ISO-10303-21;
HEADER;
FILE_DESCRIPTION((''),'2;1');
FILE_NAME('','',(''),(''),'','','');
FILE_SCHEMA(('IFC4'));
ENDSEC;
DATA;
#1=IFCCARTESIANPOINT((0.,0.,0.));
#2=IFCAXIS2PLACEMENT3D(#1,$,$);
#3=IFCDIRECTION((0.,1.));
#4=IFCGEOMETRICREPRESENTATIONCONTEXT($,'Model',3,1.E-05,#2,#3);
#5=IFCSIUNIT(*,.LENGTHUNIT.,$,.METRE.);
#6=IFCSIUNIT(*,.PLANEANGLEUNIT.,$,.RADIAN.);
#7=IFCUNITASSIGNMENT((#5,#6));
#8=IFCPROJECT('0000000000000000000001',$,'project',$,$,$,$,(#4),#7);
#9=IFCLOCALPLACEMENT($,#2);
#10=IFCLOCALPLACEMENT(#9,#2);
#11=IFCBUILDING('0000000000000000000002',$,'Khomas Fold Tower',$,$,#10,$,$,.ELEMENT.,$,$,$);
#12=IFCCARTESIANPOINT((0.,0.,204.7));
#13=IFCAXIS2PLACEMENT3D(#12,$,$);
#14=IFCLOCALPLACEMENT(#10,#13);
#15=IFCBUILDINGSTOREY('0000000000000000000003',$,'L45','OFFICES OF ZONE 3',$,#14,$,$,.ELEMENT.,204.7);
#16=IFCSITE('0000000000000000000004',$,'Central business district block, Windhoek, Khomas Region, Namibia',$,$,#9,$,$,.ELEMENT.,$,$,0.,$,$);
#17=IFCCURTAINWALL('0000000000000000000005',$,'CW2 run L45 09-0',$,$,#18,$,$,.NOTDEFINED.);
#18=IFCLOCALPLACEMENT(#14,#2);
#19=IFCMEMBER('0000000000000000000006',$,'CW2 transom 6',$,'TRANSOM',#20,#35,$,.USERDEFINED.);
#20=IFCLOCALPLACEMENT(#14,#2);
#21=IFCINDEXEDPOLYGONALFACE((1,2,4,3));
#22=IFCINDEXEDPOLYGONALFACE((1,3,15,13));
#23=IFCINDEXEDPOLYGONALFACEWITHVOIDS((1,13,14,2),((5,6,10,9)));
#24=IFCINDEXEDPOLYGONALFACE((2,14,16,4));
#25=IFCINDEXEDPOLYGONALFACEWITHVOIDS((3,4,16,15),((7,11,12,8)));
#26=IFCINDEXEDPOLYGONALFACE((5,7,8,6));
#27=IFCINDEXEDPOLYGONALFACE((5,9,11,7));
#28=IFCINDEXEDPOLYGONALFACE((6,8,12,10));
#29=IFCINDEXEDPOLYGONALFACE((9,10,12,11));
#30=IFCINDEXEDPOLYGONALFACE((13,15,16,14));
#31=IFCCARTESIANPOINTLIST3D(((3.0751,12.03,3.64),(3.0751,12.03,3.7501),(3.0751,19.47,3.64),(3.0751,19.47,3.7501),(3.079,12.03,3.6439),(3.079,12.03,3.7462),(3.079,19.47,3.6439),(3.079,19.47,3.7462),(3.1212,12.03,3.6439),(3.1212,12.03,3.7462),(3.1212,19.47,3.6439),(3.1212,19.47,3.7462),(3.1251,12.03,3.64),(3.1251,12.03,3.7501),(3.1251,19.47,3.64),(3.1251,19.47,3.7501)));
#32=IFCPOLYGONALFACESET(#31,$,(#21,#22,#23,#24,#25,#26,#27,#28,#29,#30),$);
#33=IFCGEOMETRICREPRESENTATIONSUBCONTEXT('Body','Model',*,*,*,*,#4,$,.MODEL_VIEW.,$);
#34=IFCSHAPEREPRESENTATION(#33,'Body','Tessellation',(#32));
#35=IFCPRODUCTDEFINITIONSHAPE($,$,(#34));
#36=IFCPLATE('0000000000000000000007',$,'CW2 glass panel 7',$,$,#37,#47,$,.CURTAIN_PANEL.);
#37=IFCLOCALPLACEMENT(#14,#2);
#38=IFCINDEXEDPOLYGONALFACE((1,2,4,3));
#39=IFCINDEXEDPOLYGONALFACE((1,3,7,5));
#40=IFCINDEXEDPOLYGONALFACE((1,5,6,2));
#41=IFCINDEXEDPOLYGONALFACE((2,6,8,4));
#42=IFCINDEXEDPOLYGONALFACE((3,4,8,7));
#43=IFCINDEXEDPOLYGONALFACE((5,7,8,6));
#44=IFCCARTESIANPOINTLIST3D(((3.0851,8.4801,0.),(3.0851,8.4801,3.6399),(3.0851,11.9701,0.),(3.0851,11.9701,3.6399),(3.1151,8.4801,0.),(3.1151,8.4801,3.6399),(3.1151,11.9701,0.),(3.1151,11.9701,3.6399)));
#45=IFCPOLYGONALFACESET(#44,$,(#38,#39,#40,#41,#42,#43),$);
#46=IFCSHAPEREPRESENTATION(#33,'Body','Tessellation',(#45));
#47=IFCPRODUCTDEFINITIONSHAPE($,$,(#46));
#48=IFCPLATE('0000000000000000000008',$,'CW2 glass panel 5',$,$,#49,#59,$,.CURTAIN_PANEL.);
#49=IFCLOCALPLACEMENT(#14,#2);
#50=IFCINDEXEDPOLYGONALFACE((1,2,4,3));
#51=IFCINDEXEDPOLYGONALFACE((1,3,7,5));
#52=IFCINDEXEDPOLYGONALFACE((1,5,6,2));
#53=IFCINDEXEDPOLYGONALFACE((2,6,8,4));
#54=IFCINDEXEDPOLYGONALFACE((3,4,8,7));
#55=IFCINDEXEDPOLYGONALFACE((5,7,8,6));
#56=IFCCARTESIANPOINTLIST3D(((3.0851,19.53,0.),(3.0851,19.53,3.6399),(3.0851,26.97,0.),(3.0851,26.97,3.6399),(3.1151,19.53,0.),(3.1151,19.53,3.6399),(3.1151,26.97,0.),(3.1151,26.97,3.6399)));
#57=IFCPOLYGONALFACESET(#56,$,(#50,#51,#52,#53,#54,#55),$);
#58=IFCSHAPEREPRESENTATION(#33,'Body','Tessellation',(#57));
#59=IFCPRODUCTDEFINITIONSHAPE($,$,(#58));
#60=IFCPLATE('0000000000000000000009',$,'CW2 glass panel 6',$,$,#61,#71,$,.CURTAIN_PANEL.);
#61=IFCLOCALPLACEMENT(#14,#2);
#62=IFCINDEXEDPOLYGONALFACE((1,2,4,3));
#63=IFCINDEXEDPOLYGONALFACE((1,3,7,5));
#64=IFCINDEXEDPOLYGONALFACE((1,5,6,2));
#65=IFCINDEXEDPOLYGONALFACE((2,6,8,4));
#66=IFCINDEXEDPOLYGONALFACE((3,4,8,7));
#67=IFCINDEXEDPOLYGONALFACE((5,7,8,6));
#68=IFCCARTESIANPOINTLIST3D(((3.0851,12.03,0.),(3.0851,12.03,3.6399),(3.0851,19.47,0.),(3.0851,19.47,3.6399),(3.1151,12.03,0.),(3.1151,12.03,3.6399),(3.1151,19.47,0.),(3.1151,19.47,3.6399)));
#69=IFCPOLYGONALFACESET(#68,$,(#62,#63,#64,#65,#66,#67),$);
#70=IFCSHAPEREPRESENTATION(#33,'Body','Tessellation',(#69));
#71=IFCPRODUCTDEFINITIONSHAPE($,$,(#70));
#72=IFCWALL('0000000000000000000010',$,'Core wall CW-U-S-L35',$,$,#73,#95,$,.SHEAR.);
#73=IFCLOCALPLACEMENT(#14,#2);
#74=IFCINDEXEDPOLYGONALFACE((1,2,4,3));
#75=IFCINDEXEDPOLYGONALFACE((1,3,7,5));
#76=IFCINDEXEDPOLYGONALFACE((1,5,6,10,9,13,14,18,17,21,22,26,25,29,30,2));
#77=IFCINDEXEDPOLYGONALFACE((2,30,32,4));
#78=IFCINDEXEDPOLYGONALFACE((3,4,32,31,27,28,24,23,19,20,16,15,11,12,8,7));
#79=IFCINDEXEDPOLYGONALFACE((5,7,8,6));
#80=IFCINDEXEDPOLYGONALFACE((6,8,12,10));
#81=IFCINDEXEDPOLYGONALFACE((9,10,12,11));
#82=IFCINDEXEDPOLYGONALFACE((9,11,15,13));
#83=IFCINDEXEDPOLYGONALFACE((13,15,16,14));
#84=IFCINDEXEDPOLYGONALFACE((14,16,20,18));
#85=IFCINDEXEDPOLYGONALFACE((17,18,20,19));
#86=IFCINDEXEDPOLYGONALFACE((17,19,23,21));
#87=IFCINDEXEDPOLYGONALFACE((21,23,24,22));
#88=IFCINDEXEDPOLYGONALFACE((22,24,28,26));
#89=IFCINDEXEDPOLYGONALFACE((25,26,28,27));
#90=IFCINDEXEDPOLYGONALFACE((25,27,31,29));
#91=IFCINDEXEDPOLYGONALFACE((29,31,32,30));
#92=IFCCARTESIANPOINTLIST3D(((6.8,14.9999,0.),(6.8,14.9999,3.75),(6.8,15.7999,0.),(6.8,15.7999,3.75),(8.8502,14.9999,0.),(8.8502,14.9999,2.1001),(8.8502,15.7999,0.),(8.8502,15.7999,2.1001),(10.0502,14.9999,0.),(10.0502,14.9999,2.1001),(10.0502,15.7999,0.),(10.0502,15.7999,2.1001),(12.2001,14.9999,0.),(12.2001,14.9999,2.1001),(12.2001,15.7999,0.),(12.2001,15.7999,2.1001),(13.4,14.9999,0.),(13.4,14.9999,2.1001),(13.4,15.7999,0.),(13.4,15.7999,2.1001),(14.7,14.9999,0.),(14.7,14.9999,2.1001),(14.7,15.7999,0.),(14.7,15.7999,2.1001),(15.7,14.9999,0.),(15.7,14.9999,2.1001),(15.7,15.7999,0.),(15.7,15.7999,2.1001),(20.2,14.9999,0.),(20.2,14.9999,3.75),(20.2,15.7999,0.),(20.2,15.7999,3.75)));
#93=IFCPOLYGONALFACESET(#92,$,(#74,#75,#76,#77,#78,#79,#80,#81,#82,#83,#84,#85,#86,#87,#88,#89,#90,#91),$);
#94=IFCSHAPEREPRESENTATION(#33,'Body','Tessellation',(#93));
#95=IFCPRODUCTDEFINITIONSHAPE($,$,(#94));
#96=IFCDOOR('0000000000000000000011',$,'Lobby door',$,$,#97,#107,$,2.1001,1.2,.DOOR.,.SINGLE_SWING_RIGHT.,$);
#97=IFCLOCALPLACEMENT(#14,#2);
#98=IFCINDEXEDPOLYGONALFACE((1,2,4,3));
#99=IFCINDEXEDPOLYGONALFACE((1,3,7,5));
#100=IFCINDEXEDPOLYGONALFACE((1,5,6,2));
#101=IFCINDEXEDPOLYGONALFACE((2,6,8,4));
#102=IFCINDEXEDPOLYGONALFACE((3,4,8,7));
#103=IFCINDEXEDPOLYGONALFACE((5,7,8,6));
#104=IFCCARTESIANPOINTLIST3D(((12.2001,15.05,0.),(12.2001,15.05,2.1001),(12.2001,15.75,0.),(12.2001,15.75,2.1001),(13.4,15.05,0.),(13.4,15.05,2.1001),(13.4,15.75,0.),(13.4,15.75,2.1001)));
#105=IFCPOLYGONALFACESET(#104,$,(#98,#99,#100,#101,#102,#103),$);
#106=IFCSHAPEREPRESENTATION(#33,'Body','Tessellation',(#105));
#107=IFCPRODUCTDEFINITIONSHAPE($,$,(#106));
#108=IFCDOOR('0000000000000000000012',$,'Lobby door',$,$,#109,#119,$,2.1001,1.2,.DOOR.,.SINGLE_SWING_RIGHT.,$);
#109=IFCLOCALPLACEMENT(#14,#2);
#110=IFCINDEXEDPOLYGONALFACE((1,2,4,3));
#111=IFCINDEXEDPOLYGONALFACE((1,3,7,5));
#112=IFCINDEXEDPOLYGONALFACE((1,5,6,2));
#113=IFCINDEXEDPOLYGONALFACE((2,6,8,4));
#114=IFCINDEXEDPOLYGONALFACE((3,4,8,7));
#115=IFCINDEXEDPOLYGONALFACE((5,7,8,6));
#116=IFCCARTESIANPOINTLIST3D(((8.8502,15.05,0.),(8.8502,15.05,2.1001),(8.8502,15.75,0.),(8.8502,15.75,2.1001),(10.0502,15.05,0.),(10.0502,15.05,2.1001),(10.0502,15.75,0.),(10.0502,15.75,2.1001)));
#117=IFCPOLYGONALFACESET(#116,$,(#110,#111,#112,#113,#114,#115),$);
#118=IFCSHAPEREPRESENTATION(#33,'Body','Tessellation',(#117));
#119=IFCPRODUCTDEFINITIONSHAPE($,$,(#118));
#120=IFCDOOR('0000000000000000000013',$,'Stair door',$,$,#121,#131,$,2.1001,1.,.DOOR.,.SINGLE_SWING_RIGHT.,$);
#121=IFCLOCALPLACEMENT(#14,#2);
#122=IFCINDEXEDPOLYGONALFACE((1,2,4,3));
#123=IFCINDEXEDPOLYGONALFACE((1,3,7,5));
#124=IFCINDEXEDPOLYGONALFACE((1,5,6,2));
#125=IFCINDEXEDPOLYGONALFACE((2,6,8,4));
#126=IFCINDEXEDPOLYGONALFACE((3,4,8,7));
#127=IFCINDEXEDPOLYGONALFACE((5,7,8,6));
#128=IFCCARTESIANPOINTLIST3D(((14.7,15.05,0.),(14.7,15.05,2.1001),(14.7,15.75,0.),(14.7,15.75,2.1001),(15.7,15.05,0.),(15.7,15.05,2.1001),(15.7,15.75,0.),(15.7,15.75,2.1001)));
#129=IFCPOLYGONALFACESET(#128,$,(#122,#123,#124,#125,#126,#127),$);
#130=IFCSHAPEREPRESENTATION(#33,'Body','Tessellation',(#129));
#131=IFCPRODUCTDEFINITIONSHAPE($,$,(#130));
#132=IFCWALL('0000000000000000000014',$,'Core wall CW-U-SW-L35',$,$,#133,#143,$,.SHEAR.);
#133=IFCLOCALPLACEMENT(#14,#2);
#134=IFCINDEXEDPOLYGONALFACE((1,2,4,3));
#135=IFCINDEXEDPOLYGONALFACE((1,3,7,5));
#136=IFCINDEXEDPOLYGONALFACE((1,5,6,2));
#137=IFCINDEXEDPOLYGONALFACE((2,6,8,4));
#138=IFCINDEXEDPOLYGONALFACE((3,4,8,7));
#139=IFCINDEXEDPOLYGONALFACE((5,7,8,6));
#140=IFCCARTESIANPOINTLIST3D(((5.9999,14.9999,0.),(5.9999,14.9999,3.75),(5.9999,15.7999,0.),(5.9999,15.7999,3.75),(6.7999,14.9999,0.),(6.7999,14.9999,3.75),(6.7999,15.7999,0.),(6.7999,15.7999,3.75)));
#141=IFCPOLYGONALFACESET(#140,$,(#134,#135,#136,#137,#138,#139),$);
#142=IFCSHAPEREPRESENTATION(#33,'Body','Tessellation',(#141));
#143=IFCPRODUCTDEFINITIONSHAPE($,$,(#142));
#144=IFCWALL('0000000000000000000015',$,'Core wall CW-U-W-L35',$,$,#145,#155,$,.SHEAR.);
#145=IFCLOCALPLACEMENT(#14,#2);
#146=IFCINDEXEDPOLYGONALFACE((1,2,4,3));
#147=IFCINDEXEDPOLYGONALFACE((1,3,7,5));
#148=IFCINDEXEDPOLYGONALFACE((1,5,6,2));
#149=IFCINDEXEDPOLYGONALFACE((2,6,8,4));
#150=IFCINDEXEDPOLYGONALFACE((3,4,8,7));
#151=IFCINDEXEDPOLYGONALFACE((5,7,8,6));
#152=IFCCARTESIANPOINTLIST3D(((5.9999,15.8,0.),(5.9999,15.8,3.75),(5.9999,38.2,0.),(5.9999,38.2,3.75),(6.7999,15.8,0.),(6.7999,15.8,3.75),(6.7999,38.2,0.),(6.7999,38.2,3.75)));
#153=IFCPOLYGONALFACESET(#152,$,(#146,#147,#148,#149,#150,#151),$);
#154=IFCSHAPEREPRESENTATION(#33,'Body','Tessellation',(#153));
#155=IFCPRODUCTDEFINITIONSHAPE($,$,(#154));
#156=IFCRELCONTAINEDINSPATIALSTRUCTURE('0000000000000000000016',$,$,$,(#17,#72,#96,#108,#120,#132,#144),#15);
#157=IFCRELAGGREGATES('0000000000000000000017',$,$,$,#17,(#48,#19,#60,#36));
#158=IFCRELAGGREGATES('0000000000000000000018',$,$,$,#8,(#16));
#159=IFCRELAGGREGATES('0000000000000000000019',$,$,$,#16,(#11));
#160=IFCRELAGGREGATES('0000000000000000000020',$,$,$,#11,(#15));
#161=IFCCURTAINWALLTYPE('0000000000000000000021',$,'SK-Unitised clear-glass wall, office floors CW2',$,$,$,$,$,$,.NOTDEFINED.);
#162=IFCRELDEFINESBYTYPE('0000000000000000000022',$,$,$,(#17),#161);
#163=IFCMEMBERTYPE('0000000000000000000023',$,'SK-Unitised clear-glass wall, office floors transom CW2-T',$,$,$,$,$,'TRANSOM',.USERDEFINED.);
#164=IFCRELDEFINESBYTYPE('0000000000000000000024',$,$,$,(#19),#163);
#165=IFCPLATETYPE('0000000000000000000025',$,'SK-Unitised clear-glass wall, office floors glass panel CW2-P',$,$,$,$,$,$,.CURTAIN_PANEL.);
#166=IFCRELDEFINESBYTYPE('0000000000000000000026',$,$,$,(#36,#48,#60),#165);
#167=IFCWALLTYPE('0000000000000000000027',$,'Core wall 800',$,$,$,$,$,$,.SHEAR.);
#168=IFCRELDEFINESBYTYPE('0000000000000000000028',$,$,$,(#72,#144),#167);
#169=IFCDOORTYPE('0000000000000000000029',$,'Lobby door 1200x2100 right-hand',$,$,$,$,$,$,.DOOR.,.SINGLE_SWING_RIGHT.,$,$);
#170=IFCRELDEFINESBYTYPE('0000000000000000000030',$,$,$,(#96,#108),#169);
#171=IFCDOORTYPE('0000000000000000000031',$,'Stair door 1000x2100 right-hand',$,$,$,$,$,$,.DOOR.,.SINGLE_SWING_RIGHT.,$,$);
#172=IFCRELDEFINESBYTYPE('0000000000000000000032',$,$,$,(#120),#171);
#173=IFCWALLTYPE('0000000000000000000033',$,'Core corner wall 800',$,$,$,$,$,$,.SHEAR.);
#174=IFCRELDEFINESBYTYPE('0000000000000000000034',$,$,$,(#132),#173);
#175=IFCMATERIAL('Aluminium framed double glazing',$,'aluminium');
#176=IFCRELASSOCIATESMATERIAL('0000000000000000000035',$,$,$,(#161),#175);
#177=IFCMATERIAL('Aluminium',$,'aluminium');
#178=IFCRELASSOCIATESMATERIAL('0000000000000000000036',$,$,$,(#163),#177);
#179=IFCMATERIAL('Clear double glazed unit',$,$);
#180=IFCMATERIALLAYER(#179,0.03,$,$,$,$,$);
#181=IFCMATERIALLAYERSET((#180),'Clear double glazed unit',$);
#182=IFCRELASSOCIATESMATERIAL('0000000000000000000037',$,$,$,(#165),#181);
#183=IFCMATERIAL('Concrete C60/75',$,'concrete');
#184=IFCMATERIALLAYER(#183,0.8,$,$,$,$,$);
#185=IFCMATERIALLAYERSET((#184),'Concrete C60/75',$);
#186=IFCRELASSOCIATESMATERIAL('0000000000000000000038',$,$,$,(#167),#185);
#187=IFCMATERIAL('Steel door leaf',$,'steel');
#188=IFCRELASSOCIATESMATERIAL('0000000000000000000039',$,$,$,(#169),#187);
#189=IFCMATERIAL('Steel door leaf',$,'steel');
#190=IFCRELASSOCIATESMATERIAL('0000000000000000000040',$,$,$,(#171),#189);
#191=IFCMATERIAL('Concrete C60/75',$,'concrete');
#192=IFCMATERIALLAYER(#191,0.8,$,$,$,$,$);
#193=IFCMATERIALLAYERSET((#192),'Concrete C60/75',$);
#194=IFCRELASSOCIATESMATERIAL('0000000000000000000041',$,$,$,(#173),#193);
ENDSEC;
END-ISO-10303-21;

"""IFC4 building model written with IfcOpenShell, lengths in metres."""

from ifc_helpers import new_model, si_unit, direction, frame, frame_2d, origin, origin_2d, place, context, subcontext, project, spatial, rectangle, hollow_rectangle, extrude, source, transform, mapped, material, layer, layer_set, material_profile, profile_set, type_object, element, fill, aggregate, save


model = new_model("IFC4")

# Units and contexts
model_context = context("Model", 3, precision=1e-05, world=origin(), true_north=direction((0.0, 1.0)))
body_context = subcontext(model_context, "Body", "Model", "MODEL_VIEW")
ifc_project = project(units=[si_unit("LENGTHUNIT", "METRE"), si_unit("PLANEANGLEUNIT", "RADIAN")], contexts=[model_context])

# Site, building, storey
site_placement = place(None, origin())
site = spatial("IfcSite", under=ifc_project, at=site_placement, Name="Central business district block, Windhoek, Khomas Region, Namibia", CompositionType="ELEMENT", RefElevation=0.0)
building_placement = place(site_placement, origin())
building = spatial("IfcBuilding", under=site, at=building_placement, Name="Khomas Fold Tower", CompositionType="ELEMENT")
storey_placement = place(building_placement, frame((0.0, 0.0, 204.7)))
storey = spatial("IfcBuildingStorey", under=building, at=storey_placement, Name="L45", Description="OFFICES OF ZONE 3", CompositionType="ELEMENT", Elevation=204.7)

# Curtain wall, member, plates
ifc_material_1 = material(Name="Aluminium framed double glazing", Category="aluminium")
curtain_wall_type = type_object("IfcCurtainWallType", Name="SK-Unitised clear-glass wall, office floors CW2", PredefinedType="NOTDEFINED", material=ifc_material_1)
curtain_wall_placement = place(storey_placement, origin())
curtain_wall = element("IfcCurtainWall", 1, at=curtain_wall_placement, inside=storey, type_object=curtain_wall_type, Name="CW2 run L45 09-0", PredefinedType="NOTDEFINED")
ifc_material_2 = material(Name="Aluminium", Category="aluminium")
ifc_material_profile_1 = material_profile(ifc_material_2, hollow_rectangle(XDim=0.05, YDim=0.1101, WallThickness=0.0039, at=origin_2d()), Name="SK-Unitised clear-glass wall, office floors transom CW2-T")
ifc_profile_set_1 = profile_set([ifc_material_profile_1], Name="Aluminium")
member_type_1 = type_object("IfcMemberType", Name="SK-Unitised clear-glass wall, office floors transom CW2-T", ElementType="TRANSOM", PredefinedType="USERDEFINED", material=ifc_profile_set_1)
shared_shape_1 = source(origin(), body_context, "Body", "SweptSolid", [
    extrude(hollow_rectangle(XDim=0.05, YDim=0.1101, WallThickness=0.0039, at=origin_2d()), origin(), (0.0, 0.0, 1.0), 7.4399),
])
member_1_placement = place(storey_placement, frame((3.1001, 19.47, 3.6951), z_axis=(0.0, -1.0, 0.0), x_axis=(1.0, 0.0, 0.0)))
member_1 = element("IfcMember", 2, at=member_1_placement, type_object=member_type_1, Name="CW2 transom 6", ObjectType="TRANSOM", PredefinedType="USERDEFINED", context=body_context, shape_type="MappedRepresentation", body=[
    mapped(shared_shape_1, transform((0.0, 0.0, 0.0))),
])
ifc_material_3 = material(Name="Clear double glazed unit")
ifc_layer_1 = layer(ifc_material_3, 0.03)
ifc_layer_set_1 = layer_set([ifc_layer_1], Name="Clear double glazed unit")
plate_type = type_object("IfcPlateType", Name="SK-Unitised clear-glass wall, office floors glass panel CW2-P", PredefinedType="CURTAIN_PANEL", material=ifc_layer_set_1)
shared_shape_2 = source(origin(), body_context, "Body", "SweptSolid", [
    extrude(rectangle(XDim=3.49, YDim=0.03, at=origin_2d()), origin(), (0.0, 0.0, 1.0), 3.6399),
])
plate_1_placement = place(storey_placement, frame((3.1001, 10.2251, 0.0), z_axis=(0.0, 0.0, 1.0), x_axis=(0.0, -1.0, 0.0)))
plate_1 = element("IfcPlate", 3, at=plate_1_placement, type_object=plate_type, Name="CW2 glass panel 7", PredefinedType="CURTAIN_PANEL", context=body_context, shape_type="MappedRepresentation", body=[
    mapped(shared_shape_2, transform((0.0, 0.0, 0.0))),
])
shared_shape_3 = source(origin(), body_context, "Body", "SweptSolid", [
    extrude(rectangle(XDim=7.4399, YDim=0.03, at=origin_2d()), origin(), (0.0, 0.0, 1.0), 3.6399),
])
plate_2_placement = place(storey_placement, frame((3.1001, 23.25, 0.0), z_axis=(0.0, 0.0, 1.0), x_axis=(0.0, -1.0, 0.0)))
plate_2 = element("IfcPlate", 4, at=plate_2_placement, type_object=plate_type, Name="CW2 glass panel 5", PredefinedType="CURTAIN_PANEL", context=body_context, shape_type="MappedRepresentation", body=[
    mapped(shared_shape_3, transform((0.0, 0.0, 0.0))),
])
plate_3_placement = place(storey_placement, frame((3.1001, 15.75, 0.0), z_axis=(0.0, 0.0, 1.0), x_axis=(0.0, -1.0, 0.0)))
plate_3 = element("IfcPlate", 5, at=plate_3_placement, type_object=plate_type, Name="CW2 glass panel 6", PredefinedType="CURTAIN_PANEL", context=body_context, shape_type="MappedRepresentation", body=[
    mapped(shared_shape_3, transform((0.0, 0.0, 0.0))),
])
aggregate(curtain_wall, [plate_2, member_1, plate_3, plate_1])

# Wall, openings, doors
ifc_material_4 = material(Name="Concrete C60/75", Category="concrete")
ifc_layer_2 = layer(ifc_material_4, 0.8)
ifc_layer_set_2 = layer_set([ifc_layer_2], Name="Concrete C60/75")
wall_type_1 = type_object("IfcWallType", Name="Core wall 800", PredefinedType="SHEAR", material=ifc_layer_set_2)
shared_shape_4 = source(origin(), body_context, "Body", "SweptSolid", [
    extrude(rectangle(XDim=13.3999, YDim=0.8, at=frame_2d((6.7, 0.0))), origin(), (0.0, 0.0, 1.0), 3.75),
])
wall_1_placement = place(storey_placement, frame((6.8, 15.3999, 0.0), z_axis=(0.0, 0.0, 1.0), x_axis=(1.0, 0.0, 0.0)))
wall_1 = element("IfcWall", 6, at=wall_1_placement, inside=storey, type_object=wall_type_1, Name="Core wall CW-U-S-L35", PredefinedType="SHEAR", context=body_context, shape_type="MappedRepresentation", body=[
    mapped(shared_shape_4, transform((0.0, 0.0, 0.0))),
])
shared_shape_5 = source(origin(), body_context, "Body", "SweptSolid", [
    extrude(rectangle(XDim=1.2, YDim=2.1001, at=frame_2d((0.6001, 1.05))), frame((0.0, 0.4099, 0.0), z_axis=(0.0, -1.0, 0.0), x_axis=(1.0, 0.0, 0.0)), (0.0, 0.0, 1.0), 0.8201),
])
opening_1_placement = place(wall_1_placement, frame((5.3999, 0.0, 0.0)))
opening_1 = element("IfcOpeningElement", 7, at=opening_1_placement, cuts=wall_1, PredefinedType="OPENING", context=body_context, shape_type="MappedRepresentation", body=[
    mapped(shared_shape_5, transform((0.0, 0.0, 0.0))),
])
opening_2_placement = place(wall_1_placement, frame((2.05, 0.0, 0.0)))
opening_2 = element("IfcOpeningElement", 8, at=opening_2_placement, cuts=wall_1, PredefinedType="OPENING", context=body_context, shape_type="MappedRepresentation", body=[
    mapped(shared_shape_5, transform((0.0, 0.0, 0.0))),
])
shared_shape_6 = source(origin(), body_context, "Body", "SweptSolid", [
    extrude(rectangle(XDim=1.0, YDim=2.1001, at=frame_2d((0.5, 1.05))), frame((0.0, 0.4099, 0.0), z_axis=(0.0, -1.0, 0.0), x_axis=(1.0, 0.0, 0.0)), (0.0, 0.0, 1.0), 0.8201),
])
opening_3_placement = place(wall_1_placement, frame((7.8999, 0.0, 0.0)))
opening_3 = element("IfcOpeningElement", 9, at=opening_3_placement, cuts=wall_1, PredefinedType="OPENING", context=body_context, shape_type="MappedRepresentation", body=[
    mapped(shared_shape_6, transform((0.0, 0.0, 0.0))),
])
ifc_material_5 = material(Name="Steel door leaf", Category="steel")
door_type_1 = type_object("IfcDoorType", Name="Lobby door 1200x2100 right-hand", OperationType="SINGLE_SWING_RIGHT", PredefinedType="DOOR", material=ifc_material_5)
shared_shape_7 = source(origin(), body_context, "Body", "SweptSolid", [
    extrude(rectangle(XDim=1.2, YDim=2.1001, at=frame_2d((0.6001, 1.05))), frame((0.0, 0.3501, 0.0), z_axis=(0.0, -1.0, 0.0), x_axis=(1.0, 0.0, 0.0)), (0.0, 0.0, 1.0), 0.7),
])
door_1_placement = place(opening_1_placement, origin())
door_1 = element("IfcDoor", 10, at=door_1_placement, inside=storey, type_object=door_type_1, Name="Lobby door", OperationType="SINGLE_SWING_RIGHT", OverallHeight=2.1001, OverallWidth=1.2, PredefinedType="DOOR", context=body_context, shape_type="MappedRepresentation", body=[
    mapped(shared_shape_7, transform((0.0, 0.0, 0.0))),
])
fill(opening_1, door_1)
door_2_placement = place(opening_2_placement, origin())
door_2 = element("IfcDoor", 11, at=door_2_placement, inside=storey, type_object=door_type_1, Name="Lobby door", OperationType="SINGLE_SWING_RIGHT", OverallHeight=2.1001, OverallWidth=1.2, PredefinedType="DOOR", context=body_context, shape_type="MappedRepresentation", body=[
    mapped(shared_shape_7, transform((0.0, 0.0, 0.0))),
])
fill(opening_2, door_2)
ifc_material_6 = material(Name="Steel door leaf", Category="steel")
door_type_2 = type_object("IfcDoorType", Name="Stair door 1000x2100 right-hand", OperationType="SINGLE_SWING_RIGHT", PredefinedType="DOOR", material=ifc_material_6)
shared_shape_8 = source(origin(), body_context, "Body", "SweptSolid", [
    extrude(rectangle(XDim=1.0, YDim=2.1001, at=frame_2d((0.5, 1.05))), frame((0.0, 0.3501, 0.0), z_axis=(0.0, -1.0, 0.0), x_axis=(1.0, 0.0, 0.0)), (0.0, 0.0, 1.0), 0.7),
])
door_3_placement = place(opening_3_placement, origin())
door_3 = element("IfcDoor", 12, at=door_3_placement, inside=storey, type_object=door_type_2, Name="Stair door", OperationType="SINGLE_SWING_RIGHT", OverallHeight=2.1001, OverallWidth=1.0, PredefinedType="DOOR", context=body_context, shape_type="MappedRepresentation", body=[
    mapped(shared_shape_8, transform((0.0, 0.0, 0.0))),
])
fill(opening_3, door_3)

# Walls
ifc_material_7 = material(Name="Concrete C60/75", Category="concrete")
ifc_layer_3 = layer(ifc_material_7, 0.8)
ifc_layer_set_3 = layer_set([ifc_layer_3], Name="Concrete C60/75")
wall_type_2 = type_object("IfcWallType", Name="Core corner wall 800", PredefinedType="SHEAR", material=ifc_layer_set_3)
shared_shape_9 = source(origin(), body_context, "Body", "SweptSolid", [
    extrude(rectangle(XDim=0.8, YDim=0.8, at=frame_2d((0.3999, 0.0))), origin(), (0.0, 0.0, 1.0), 3.75),
])
wall_2_placement = place(storey_placement, frame((6.0, 15.3999, 0.0), z_axis=(0.0, 0.0, 1.0), x_axis=(1.0, 0.0, 0.0)))
element("IfcWall", 13, at=wall_2_placement, inside=storey, type_object=wall_type_2, Name="Core wall CW-U-SW-L35", PredefinedType="SHEAR", context=body_context, shape_type="MappedRepresentation", body=[
    mapped(shared_shape_9, transform((0.0, 0.0, 0.0))),
])
shared_shape_10 = source(origin(), body_context, "Body", "SweptSolid", [
    extrude(rectangle(XDim=22.3999, YDim=0.8, at=frame_2d((11.2, 0.0))), origin(), (0.0, 0.0, 1.0), 3.75),
])
wall_3_placement = place(storey_placement, frame((6.3999, 15.8, 0.0), z_axis=(0.0, 0.0, 1.0), x_axis=(0.0, 1.0, 0.0)))
element("IfcWall", 14, at=wall_3_placement, inside=storey, type_object=wall_type_1, Name="Core wall CW-U-W-L35", PredefinedType="SHEAR", context=body_context, shape_type="MappedRepresentation", body=[
    mapped(shared_shape_10, transform((0.0, 0.0, 0.0))),
])

save(model, "model.ifc")
